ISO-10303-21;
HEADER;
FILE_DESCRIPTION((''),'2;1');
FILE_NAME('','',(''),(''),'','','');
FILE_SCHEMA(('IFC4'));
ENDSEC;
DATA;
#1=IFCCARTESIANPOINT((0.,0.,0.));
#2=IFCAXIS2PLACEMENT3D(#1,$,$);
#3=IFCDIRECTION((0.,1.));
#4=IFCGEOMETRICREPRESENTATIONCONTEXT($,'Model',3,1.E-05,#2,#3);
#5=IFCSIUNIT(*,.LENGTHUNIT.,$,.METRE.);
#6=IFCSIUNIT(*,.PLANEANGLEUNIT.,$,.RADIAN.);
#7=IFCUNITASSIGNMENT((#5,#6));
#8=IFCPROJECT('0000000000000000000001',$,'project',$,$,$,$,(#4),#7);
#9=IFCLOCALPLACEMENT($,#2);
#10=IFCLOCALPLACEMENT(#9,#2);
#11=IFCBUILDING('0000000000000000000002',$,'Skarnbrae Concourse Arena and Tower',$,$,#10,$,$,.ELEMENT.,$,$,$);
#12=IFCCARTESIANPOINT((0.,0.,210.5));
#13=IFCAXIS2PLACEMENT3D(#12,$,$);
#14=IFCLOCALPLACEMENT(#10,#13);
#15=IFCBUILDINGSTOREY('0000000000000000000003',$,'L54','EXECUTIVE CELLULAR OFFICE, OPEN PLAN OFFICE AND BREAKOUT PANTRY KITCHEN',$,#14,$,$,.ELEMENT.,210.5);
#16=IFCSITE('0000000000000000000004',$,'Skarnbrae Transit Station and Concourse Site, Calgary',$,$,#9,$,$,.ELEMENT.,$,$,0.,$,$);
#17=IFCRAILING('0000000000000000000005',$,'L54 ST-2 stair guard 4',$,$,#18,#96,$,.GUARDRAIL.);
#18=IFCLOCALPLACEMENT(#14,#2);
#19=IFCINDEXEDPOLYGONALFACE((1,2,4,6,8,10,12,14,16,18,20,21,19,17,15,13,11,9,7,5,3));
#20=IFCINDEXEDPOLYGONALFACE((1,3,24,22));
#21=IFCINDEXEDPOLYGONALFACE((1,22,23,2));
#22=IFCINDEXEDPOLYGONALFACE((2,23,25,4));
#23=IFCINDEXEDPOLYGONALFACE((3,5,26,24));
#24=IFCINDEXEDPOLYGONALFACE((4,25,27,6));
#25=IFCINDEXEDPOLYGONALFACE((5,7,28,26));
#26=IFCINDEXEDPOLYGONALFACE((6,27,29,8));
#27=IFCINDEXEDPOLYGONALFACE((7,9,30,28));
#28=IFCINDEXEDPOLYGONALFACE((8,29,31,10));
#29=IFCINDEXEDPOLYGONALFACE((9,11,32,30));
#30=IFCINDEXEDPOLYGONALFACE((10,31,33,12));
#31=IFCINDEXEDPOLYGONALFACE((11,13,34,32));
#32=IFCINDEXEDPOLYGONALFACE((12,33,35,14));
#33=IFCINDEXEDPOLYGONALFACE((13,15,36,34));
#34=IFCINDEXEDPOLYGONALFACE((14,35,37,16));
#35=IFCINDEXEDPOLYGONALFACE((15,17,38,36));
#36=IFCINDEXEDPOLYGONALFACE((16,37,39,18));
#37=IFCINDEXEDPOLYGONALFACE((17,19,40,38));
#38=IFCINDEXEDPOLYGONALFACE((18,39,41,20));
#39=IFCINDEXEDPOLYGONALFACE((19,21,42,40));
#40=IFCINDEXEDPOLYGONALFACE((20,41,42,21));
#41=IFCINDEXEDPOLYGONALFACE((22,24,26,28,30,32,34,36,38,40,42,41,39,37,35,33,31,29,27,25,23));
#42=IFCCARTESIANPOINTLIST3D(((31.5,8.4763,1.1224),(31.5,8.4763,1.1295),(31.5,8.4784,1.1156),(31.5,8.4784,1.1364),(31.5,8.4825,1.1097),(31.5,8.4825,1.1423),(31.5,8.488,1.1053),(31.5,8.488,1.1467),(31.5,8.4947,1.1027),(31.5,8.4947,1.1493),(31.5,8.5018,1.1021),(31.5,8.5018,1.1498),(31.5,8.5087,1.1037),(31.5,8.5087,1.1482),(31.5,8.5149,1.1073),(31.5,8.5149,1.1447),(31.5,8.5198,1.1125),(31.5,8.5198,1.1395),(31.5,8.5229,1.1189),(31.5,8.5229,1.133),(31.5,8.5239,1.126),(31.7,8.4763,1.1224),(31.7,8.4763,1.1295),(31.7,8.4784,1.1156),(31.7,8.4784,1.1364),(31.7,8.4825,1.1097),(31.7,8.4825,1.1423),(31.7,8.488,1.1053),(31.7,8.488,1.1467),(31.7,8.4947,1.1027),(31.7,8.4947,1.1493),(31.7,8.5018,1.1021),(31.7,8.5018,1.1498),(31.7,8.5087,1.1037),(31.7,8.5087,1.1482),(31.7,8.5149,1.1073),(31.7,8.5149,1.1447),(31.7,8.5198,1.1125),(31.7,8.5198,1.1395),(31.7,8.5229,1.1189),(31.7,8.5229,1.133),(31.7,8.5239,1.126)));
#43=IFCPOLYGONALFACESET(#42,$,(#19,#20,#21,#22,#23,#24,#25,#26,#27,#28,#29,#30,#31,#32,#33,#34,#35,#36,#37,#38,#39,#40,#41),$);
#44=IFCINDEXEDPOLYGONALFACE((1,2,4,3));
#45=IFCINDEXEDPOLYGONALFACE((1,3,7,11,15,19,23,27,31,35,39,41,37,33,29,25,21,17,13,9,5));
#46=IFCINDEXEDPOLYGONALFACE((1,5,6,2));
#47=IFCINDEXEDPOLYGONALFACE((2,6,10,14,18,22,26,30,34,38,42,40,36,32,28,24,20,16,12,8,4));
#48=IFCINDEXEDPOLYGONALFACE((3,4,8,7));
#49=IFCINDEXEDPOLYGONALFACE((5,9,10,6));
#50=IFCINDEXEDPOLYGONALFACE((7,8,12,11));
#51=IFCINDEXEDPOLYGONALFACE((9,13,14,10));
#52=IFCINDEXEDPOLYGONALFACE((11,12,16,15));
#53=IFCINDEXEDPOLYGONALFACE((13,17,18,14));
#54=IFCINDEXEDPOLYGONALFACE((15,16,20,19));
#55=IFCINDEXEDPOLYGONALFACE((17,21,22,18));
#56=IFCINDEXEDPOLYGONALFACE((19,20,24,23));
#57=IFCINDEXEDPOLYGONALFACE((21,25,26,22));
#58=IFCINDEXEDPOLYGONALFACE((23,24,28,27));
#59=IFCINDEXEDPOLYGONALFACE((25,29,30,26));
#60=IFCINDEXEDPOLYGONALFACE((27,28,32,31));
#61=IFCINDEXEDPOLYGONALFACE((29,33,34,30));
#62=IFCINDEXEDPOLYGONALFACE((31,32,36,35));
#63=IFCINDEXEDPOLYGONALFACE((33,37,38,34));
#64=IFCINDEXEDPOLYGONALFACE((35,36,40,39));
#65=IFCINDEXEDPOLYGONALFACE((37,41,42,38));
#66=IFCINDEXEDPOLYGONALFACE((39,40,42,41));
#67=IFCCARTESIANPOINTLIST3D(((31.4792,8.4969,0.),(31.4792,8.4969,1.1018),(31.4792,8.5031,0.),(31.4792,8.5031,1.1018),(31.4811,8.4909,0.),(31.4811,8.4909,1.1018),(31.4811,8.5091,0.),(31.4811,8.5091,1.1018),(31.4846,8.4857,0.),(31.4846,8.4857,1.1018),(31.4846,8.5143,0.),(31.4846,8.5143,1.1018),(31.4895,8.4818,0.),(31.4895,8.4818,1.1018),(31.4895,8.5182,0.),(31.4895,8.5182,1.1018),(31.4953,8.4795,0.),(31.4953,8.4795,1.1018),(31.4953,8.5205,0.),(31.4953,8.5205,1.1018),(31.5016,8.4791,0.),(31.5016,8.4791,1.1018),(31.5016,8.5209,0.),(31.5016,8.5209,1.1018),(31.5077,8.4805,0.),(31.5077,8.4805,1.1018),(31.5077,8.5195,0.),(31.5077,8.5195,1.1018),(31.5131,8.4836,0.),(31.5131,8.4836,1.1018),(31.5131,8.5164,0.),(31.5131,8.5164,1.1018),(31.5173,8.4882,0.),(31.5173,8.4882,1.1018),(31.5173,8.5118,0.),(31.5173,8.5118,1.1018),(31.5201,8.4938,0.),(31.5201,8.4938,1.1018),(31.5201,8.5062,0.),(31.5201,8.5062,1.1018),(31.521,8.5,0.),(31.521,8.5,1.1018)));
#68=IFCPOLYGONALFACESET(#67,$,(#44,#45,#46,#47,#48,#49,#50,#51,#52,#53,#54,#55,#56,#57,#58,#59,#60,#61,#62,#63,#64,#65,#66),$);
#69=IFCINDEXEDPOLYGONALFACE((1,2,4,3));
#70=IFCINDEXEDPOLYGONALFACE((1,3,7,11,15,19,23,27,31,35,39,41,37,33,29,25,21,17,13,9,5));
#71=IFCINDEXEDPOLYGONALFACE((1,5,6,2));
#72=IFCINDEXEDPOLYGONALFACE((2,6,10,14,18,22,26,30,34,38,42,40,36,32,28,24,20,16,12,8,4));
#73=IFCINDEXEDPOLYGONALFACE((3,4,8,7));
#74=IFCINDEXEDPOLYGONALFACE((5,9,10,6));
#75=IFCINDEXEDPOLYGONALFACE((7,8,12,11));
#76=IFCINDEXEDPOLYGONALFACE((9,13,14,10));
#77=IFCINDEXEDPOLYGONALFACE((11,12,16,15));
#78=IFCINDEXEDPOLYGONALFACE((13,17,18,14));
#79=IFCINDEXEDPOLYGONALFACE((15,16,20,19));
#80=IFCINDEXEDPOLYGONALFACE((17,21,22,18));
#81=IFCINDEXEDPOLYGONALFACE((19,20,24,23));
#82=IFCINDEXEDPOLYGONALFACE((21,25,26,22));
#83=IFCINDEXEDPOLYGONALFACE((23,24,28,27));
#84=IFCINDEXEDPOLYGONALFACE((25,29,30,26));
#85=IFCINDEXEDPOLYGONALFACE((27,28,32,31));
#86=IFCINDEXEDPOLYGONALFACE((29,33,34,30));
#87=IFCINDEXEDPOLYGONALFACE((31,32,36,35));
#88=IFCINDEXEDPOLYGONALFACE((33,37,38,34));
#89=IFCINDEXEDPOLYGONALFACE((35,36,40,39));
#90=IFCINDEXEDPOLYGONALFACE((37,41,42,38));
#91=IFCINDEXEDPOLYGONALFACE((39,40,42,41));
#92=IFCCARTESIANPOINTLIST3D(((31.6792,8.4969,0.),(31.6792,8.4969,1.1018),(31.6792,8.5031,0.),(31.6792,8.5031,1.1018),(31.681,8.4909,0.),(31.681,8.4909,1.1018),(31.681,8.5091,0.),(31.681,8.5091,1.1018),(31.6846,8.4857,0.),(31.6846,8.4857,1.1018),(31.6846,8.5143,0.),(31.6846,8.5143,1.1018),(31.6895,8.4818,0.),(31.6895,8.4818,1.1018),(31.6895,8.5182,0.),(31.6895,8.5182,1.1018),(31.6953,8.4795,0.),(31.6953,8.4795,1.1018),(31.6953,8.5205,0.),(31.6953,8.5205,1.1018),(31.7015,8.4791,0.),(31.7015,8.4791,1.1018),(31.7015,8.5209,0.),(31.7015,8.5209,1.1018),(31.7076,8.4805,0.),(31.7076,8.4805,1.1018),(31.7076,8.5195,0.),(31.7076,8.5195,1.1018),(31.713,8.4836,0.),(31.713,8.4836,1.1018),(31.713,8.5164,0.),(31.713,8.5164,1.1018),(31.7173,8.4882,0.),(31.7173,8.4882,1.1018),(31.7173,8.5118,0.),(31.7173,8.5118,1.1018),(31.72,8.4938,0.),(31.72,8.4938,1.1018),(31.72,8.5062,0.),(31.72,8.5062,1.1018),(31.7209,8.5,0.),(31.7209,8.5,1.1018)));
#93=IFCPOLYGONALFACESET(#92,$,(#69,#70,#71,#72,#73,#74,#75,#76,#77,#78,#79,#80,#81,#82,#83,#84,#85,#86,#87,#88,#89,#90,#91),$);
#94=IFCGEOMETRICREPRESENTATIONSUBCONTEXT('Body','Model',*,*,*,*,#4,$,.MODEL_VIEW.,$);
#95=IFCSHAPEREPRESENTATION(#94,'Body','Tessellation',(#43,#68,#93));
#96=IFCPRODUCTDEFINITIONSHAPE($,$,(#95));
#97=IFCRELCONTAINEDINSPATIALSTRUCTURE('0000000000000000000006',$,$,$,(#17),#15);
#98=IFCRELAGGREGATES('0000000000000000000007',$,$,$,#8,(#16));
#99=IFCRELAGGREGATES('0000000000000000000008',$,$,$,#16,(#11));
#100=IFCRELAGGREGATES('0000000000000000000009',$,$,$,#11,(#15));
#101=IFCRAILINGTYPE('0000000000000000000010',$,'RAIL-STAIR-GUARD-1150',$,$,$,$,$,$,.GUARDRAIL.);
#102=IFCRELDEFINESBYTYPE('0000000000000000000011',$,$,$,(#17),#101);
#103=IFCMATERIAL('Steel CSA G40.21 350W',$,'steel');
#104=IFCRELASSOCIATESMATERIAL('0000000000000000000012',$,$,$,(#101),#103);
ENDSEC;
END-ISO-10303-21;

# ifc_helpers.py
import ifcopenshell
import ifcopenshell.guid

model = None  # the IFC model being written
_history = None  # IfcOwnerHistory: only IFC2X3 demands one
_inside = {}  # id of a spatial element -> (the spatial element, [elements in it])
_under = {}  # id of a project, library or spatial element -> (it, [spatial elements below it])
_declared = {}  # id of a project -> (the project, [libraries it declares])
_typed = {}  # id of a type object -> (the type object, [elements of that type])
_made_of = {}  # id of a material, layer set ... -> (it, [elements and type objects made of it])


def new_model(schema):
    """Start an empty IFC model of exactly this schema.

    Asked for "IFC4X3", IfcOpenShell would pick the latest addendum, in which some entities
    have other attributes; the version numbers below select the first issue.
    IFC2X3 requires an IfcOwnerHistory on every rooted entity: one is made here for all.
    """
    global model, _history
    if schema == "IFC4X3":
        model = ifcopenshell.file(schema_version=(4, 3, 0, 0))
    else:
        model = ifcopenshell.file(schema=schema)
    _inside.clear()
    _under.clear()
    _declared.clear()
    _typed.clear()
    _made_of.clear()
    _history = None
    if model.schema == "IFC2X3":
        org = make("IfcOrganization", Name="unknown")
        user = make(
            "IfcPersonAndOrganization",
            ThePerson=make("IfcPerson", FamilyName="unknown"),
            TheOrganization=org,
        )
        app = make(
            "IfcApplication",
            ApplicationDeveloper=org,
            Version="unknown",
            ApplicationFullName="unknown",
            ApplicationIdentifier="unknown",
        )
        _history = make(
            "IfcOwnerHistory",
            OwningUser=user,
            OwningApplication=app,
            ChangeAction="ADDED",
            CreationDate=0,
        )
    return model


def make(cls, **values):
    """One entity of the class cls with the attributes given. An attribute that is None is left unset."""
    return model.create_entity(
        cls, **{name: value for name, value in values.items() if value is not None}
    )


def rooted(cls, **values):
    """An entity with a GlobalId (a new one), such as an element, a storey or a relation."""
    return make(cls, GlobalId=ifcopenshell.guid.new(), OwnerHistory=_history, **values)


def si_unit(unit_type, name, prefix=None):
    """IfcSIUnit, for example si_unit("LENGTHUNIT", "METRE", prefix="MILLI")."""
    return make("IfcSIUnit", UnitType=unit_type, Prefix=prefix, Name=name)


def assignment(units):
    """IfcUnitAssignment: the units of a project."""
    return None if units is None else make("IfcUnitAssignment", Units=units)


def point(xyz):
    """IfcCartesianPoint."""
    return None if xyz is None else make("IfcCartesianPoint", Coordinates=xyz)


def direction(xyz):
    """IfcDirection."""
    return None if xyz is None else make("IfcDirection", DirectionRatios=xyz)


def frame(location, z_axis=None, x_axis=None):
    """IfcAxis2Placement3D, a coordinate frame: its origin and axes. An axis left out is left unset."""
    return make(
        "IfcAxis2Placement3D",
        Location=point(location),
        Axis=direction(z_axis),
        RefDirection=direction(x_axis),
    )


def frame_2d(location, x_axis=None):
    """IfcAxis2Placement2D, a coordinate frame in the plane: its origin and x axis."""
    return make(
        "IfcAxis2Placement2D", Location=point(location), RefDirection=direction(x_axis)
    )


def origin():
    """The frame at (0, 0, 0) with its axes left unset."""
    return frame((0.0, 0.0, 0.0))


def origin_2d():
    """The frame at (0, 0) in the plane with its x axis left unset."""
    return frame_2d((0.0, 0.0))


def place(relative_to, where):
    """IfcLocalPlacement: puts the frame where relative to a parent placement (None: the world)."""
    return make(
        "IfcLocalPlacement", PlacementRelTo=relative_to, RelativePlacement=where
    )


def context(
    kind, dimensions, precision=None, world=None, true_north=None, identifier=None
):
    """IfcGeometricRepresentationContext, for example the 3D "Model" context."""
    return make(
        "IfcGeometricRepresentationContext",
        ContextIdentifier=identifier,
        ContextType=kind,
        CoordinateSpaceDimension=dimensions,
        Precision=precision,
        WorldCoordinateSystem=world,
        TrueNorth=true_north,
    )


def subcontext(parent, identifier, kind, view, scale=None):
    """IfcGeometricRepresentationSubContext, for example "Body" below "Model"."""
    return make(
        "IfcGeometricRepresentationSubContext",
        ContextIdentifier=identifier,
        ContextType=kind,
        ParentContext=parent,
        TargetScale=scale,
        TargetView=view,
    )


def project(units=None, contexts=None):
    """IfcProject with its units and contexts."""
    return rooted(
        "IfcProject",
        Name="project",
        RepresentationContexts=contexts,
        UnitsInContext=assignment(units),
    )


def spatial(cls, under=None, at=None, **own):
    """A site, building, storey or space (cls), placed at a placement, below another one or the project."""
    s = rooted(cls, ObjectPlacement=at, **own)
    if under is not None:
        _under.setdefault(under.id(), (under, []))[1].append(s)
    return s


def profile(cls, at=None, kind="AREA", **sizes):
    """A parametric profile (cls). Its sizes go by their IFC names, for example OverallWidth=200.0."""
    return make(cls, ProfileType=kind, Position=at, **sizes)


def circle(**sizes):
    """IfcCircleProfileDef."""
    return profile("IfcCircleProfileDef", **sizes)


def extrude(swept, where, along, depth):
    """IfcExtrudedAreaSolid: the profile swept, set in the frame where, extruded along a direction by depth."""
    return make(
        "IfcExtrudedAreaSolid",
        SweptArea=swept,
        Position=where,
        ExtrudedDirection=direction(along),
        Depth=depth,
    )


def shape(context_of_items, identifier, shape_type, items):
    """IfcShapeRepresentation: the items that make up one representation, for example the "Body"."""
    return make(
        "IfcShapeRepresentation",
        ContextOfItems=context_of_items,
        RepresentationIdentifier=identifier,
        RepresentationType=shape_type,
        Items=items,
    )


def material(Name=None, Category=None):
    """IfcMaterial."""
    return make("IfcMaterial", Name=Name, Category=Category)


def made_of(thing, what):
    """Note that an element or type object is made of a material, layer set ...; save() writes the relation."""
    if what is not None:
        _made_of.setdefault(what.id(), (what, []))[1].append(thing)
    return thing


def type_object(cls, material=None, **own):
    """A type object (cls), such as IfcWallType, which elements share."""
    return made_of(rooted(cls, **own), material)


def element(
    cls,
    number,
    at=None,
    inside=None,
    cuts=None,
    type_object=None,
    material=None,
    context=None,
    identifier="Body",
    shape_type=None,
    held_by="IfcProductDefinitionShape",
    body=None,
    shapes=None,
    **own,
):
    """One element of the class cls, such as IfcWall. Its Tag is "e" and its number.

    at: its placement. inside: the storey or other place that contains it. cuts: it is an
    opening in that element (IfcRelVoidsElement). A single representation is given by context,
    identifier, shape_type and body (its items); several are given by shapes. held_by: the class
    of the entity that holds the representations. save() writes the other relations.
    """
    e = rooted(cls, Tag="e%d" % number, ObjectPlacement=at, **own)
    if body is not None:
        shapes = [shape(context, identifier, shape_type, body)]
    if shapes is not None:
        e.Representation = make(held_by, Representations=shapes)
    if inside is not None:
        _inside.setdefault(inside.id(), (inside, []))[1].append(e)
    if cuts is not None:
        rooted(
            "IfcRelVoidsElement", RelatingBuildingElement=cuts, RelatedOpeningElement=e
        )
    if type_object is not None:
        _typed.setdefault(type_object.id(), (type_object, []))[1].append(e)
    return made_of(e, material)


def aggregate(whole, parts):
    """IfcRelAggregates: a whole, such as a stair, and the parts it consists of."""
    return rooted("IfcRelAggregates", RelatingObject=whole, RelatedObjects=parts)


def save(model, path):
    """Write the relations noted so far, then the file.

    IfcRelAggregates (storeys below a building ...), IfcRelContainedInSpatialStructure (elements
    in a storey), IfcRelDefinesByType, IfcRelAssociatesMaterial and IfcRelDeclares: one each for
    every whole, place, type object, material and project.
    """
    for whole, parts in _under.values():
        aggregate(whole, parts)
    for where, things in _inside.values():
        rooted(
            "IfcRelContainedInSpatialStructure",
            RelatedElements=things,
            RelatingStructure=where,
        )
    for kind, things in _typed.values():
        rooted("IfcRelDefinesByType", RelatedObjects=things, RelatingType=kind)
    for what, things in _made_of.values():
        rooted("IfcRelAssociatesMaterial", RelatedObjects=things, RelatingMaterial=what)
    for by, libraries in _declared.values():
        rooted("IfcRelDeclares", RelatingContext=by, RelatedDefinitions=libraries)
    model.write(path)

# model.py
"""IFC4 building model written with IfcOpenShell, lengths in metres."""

from ifc_helpers import new_model, si_unit, direction, frame, origin, origin_2d, place, context, subcontext, project, spatial, circle, extrude, material, type_object, element, save


model = new_model("IFC4")

# Units and contexts
model_context = context("Model", 3, precision=1e-05, world=origin(), true_north=direction((0.0, 1.0)))
body_context = subcontext(model_context, "Body", "Model", "MODEL_VIEW")
ifc_project = project(units=[si_unit("LENGTHUNIT", "METRE"), si_unit("PLANEANGLEUNIT", "RADIAN")], contexts=[model_context])

# Site, building, storey
site_placement = place(None, origin())
site = spatial("IfcSite", under=ifc_project, at=site_placement, Name="Skarnbrae Transit Station and Concourse Site, Calgary", CompositionType="ELEMENT", RefElevation=0.0)
building_placement = place(site_placement, origin())
building = spatial("IfcBuilding", under=site, at=building_placement, Name="Skarnbrae Concourse Arena and Tower", CompositionType="ELEMENT")
storey_placement = place(building_placement, frame((0.0, 0.0, 210.5)))
storey = spatial("IfcBuildingStorey", under=building, at=storey_placement, Name="L54", Description="EXECUTIVE CELLULAR OFFICE, OPEN PLAN OFFICE AND BREAKOUT PANTRY KITCHEN", CompositionType="ELEMENT", Elevation=210.5)

# Shared definitions
ifc_material_1 = material(Name="Steel CSA G40.21 350W", Category="steel")

# Railing
railing_type = type_object("IfcRailingType", Name="RAIL-STAIR-GUARD-1150", PredefinedType="GUARDRAIL", material=ifc_material_1)
railing_1_placement = place(storey_placement, frame((31.5, 8.5, 0.0)))
element("IfcRailing", 1, at=railing_1_placement, inside=storey, type_object=railing_type, Name="L54 ST-2 stair guard 4", PredefinedType="GUARDRAIL", context=body_context, shape_type="SweptSolid", body=[
    extrude(circle(Radius=0.0239, at=origin_2d()), frame((0.0, 0.0, 1.126), z_axis=(1.0, 0.0, 0.0), x_axis=(0.0, 1.0, 0.0)), (0.0, 0.0, 1.0), 0.2),
    extrude(circle(Radius=0.021, at=origin_2d()), origin(), (0.0, 0.0, 1.0), 1.1018),
    extrude(circle(Radius=0.021, at=origin_2d()), frame((0.2, 0.0, 0.0)), (0.0, 0.0, 1.0), 1.1018),
])

save(model, "model.ifc")
